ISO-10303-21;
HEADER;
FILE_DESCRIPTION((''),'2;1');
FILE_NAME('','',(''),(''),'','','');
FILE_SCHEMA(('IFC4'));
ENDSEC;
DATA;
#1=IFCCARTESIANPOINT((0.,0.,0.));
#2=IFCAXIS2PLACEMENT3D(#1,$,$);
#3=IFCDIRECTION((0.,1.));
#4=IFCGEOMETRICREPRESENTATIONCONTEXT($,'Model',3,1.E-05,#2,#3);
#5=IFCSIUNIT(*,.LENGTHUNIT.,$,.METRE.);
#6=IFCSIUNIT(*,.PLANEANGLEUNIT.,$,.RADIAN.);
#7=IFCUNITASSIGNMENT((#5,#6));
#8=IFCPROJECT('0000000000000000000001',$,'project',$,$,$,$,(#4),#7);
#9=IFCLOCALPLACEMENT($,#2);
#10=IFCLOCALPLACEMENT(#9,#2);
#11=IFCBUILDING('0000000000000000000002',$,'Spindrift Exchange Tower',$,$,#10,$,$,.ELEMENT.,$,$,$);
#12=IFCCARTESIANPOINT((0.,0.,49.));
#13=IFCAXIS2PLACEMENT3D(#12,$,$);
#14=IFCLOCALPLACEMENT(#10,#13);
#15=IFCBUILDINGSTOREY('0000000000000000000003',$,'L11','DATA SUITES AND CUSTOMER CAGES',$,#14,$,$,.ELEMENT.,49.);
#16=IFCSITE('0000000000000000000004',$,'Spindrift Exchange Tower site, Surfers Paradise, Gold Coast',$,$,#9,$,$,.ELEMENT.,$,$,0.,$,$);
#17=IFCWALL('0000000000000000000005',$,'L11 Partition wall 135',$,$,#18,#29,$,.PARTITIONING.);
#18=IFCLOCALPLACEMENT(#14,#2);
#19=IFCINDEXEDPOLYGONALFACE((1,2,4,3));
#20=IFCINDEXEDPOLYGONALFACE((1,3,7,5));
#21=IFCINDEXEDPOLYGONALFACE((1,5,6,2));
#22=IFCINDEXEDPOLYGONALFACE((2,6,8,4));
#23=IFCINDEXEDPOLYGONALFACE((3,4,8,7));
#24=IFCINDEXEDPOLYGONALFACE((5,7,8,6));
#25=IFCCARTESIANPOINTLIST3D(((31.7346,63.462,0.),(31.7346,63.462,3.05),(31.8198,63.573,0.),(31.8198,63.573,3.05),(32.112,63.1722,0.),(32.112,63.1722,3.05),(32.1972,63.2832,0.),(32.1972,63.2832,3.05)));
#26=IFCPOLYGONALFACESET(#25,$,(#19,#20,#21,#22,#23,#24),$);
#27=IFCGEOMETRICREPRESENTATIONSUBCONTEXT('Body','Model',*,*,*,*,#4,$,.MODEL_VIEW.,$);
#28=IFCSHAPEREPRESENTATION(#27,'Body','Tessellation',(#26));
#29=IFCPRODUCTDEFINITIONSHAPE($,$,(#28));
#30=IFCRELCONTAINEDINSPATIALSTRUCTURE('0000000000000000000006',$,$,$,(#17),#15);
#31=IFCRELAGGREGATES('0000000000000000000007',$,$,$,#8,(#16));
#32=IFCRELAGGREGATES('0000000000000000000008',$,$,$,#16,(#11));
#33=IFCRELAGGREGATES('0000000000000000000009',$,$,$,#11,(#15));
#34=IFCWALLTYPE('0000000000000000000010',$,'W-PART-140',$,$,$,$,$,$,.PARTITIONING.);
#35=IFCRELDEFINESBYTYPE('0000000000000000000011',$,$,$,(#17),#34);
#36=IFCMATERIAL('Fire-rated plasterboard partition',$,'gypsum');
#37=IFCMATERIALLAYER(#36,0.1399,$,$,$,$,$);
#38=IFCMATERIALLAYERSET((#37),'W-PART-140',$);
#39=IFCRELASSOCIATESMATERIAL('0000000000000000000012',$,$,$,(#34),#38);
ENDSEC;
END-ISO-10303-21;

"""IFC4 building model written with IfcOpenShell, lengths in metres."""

from ifc_helpers import new_model, si_unit, direction, frame, frame_2d, origin, place, context, subcontext, project, spatial, rectangle, extrude, material, layer, layer_set, type_object, element, save


model = new_model("IFC4")

# Units and contexts
model_context = context("Model", 3, precision=1e-05, world=origin(), true_north=direction((0.0, 1.0)))
body_context = subcontext(model_context, "Body", "Model", "MODEL_VIEW")
ifc_project = project(units=[si_unit("LENGTHUNIT", "METRE"), si_unit("PLANEANGLEUNIT", "RADIAN")], contexts=[model_context])

# Site, building, storey
site_placement = place(None, origin())
site = spatial("IfcSite", under=ifc_project, at=site_placement, Name="Spindrift Exchange Tower site, Surfers Paradise, Gold Coast", CompositionType="ELEMENT", RefElevation=0.0)
building_placement = place(site_placement, origin())
building = spatial("IfcBuilding", under=site, at=building_placement, Name="Spindrift Exchange Tower", CompositionType="ELEMENT")
storey_placement = place(building_placement, frame((0.0, 0.0, 49.0)))
storey = spatial("IfcBuildingStorey", under=building, at=storey_placement, Name="L11", Description="DATA SUITES AND CUSTOMER CAGES", CompositionType="ELEMENT", Elevation=49.0)

# Wall
ifc_material_1 = material(Name="Fire-rated plasterboard partition", Category="gypsum")
ifc_layer_1 = layer(ifc_material_1, 0.1399)
ifc_layer_set_1 = layer_set([ifc_layer_1], Name="W-PART-140")
wall_type = type_object("IfcWallType", Name="W-PART-140", PredefinedType="PARTITIONING", material=ifc_layer_set_1)
wall_1_placement = place(storey_placement, frame((32.1545, 63.2278, 0.0), z_axis=(0.0, 0.0, 1.0), x_axis=(-0.793177, 0.608991, 0.0)))
element("IfcWall", 1, at=wall_1_placement, inside=storey, type_object=wall_type, Name="L11 Partition wall 135", PredefinedType="PARTITIONING", context=body_context, shape_type="SweptSolid", body=[
    extrude(rectangle(XDim=0.4758, YDim=0.1399, at=frame_2d((0.2378, 0.0))), origin(), (0.0, 0.0, 1.0), 3.05),
])

save(model, "model.ifc")
